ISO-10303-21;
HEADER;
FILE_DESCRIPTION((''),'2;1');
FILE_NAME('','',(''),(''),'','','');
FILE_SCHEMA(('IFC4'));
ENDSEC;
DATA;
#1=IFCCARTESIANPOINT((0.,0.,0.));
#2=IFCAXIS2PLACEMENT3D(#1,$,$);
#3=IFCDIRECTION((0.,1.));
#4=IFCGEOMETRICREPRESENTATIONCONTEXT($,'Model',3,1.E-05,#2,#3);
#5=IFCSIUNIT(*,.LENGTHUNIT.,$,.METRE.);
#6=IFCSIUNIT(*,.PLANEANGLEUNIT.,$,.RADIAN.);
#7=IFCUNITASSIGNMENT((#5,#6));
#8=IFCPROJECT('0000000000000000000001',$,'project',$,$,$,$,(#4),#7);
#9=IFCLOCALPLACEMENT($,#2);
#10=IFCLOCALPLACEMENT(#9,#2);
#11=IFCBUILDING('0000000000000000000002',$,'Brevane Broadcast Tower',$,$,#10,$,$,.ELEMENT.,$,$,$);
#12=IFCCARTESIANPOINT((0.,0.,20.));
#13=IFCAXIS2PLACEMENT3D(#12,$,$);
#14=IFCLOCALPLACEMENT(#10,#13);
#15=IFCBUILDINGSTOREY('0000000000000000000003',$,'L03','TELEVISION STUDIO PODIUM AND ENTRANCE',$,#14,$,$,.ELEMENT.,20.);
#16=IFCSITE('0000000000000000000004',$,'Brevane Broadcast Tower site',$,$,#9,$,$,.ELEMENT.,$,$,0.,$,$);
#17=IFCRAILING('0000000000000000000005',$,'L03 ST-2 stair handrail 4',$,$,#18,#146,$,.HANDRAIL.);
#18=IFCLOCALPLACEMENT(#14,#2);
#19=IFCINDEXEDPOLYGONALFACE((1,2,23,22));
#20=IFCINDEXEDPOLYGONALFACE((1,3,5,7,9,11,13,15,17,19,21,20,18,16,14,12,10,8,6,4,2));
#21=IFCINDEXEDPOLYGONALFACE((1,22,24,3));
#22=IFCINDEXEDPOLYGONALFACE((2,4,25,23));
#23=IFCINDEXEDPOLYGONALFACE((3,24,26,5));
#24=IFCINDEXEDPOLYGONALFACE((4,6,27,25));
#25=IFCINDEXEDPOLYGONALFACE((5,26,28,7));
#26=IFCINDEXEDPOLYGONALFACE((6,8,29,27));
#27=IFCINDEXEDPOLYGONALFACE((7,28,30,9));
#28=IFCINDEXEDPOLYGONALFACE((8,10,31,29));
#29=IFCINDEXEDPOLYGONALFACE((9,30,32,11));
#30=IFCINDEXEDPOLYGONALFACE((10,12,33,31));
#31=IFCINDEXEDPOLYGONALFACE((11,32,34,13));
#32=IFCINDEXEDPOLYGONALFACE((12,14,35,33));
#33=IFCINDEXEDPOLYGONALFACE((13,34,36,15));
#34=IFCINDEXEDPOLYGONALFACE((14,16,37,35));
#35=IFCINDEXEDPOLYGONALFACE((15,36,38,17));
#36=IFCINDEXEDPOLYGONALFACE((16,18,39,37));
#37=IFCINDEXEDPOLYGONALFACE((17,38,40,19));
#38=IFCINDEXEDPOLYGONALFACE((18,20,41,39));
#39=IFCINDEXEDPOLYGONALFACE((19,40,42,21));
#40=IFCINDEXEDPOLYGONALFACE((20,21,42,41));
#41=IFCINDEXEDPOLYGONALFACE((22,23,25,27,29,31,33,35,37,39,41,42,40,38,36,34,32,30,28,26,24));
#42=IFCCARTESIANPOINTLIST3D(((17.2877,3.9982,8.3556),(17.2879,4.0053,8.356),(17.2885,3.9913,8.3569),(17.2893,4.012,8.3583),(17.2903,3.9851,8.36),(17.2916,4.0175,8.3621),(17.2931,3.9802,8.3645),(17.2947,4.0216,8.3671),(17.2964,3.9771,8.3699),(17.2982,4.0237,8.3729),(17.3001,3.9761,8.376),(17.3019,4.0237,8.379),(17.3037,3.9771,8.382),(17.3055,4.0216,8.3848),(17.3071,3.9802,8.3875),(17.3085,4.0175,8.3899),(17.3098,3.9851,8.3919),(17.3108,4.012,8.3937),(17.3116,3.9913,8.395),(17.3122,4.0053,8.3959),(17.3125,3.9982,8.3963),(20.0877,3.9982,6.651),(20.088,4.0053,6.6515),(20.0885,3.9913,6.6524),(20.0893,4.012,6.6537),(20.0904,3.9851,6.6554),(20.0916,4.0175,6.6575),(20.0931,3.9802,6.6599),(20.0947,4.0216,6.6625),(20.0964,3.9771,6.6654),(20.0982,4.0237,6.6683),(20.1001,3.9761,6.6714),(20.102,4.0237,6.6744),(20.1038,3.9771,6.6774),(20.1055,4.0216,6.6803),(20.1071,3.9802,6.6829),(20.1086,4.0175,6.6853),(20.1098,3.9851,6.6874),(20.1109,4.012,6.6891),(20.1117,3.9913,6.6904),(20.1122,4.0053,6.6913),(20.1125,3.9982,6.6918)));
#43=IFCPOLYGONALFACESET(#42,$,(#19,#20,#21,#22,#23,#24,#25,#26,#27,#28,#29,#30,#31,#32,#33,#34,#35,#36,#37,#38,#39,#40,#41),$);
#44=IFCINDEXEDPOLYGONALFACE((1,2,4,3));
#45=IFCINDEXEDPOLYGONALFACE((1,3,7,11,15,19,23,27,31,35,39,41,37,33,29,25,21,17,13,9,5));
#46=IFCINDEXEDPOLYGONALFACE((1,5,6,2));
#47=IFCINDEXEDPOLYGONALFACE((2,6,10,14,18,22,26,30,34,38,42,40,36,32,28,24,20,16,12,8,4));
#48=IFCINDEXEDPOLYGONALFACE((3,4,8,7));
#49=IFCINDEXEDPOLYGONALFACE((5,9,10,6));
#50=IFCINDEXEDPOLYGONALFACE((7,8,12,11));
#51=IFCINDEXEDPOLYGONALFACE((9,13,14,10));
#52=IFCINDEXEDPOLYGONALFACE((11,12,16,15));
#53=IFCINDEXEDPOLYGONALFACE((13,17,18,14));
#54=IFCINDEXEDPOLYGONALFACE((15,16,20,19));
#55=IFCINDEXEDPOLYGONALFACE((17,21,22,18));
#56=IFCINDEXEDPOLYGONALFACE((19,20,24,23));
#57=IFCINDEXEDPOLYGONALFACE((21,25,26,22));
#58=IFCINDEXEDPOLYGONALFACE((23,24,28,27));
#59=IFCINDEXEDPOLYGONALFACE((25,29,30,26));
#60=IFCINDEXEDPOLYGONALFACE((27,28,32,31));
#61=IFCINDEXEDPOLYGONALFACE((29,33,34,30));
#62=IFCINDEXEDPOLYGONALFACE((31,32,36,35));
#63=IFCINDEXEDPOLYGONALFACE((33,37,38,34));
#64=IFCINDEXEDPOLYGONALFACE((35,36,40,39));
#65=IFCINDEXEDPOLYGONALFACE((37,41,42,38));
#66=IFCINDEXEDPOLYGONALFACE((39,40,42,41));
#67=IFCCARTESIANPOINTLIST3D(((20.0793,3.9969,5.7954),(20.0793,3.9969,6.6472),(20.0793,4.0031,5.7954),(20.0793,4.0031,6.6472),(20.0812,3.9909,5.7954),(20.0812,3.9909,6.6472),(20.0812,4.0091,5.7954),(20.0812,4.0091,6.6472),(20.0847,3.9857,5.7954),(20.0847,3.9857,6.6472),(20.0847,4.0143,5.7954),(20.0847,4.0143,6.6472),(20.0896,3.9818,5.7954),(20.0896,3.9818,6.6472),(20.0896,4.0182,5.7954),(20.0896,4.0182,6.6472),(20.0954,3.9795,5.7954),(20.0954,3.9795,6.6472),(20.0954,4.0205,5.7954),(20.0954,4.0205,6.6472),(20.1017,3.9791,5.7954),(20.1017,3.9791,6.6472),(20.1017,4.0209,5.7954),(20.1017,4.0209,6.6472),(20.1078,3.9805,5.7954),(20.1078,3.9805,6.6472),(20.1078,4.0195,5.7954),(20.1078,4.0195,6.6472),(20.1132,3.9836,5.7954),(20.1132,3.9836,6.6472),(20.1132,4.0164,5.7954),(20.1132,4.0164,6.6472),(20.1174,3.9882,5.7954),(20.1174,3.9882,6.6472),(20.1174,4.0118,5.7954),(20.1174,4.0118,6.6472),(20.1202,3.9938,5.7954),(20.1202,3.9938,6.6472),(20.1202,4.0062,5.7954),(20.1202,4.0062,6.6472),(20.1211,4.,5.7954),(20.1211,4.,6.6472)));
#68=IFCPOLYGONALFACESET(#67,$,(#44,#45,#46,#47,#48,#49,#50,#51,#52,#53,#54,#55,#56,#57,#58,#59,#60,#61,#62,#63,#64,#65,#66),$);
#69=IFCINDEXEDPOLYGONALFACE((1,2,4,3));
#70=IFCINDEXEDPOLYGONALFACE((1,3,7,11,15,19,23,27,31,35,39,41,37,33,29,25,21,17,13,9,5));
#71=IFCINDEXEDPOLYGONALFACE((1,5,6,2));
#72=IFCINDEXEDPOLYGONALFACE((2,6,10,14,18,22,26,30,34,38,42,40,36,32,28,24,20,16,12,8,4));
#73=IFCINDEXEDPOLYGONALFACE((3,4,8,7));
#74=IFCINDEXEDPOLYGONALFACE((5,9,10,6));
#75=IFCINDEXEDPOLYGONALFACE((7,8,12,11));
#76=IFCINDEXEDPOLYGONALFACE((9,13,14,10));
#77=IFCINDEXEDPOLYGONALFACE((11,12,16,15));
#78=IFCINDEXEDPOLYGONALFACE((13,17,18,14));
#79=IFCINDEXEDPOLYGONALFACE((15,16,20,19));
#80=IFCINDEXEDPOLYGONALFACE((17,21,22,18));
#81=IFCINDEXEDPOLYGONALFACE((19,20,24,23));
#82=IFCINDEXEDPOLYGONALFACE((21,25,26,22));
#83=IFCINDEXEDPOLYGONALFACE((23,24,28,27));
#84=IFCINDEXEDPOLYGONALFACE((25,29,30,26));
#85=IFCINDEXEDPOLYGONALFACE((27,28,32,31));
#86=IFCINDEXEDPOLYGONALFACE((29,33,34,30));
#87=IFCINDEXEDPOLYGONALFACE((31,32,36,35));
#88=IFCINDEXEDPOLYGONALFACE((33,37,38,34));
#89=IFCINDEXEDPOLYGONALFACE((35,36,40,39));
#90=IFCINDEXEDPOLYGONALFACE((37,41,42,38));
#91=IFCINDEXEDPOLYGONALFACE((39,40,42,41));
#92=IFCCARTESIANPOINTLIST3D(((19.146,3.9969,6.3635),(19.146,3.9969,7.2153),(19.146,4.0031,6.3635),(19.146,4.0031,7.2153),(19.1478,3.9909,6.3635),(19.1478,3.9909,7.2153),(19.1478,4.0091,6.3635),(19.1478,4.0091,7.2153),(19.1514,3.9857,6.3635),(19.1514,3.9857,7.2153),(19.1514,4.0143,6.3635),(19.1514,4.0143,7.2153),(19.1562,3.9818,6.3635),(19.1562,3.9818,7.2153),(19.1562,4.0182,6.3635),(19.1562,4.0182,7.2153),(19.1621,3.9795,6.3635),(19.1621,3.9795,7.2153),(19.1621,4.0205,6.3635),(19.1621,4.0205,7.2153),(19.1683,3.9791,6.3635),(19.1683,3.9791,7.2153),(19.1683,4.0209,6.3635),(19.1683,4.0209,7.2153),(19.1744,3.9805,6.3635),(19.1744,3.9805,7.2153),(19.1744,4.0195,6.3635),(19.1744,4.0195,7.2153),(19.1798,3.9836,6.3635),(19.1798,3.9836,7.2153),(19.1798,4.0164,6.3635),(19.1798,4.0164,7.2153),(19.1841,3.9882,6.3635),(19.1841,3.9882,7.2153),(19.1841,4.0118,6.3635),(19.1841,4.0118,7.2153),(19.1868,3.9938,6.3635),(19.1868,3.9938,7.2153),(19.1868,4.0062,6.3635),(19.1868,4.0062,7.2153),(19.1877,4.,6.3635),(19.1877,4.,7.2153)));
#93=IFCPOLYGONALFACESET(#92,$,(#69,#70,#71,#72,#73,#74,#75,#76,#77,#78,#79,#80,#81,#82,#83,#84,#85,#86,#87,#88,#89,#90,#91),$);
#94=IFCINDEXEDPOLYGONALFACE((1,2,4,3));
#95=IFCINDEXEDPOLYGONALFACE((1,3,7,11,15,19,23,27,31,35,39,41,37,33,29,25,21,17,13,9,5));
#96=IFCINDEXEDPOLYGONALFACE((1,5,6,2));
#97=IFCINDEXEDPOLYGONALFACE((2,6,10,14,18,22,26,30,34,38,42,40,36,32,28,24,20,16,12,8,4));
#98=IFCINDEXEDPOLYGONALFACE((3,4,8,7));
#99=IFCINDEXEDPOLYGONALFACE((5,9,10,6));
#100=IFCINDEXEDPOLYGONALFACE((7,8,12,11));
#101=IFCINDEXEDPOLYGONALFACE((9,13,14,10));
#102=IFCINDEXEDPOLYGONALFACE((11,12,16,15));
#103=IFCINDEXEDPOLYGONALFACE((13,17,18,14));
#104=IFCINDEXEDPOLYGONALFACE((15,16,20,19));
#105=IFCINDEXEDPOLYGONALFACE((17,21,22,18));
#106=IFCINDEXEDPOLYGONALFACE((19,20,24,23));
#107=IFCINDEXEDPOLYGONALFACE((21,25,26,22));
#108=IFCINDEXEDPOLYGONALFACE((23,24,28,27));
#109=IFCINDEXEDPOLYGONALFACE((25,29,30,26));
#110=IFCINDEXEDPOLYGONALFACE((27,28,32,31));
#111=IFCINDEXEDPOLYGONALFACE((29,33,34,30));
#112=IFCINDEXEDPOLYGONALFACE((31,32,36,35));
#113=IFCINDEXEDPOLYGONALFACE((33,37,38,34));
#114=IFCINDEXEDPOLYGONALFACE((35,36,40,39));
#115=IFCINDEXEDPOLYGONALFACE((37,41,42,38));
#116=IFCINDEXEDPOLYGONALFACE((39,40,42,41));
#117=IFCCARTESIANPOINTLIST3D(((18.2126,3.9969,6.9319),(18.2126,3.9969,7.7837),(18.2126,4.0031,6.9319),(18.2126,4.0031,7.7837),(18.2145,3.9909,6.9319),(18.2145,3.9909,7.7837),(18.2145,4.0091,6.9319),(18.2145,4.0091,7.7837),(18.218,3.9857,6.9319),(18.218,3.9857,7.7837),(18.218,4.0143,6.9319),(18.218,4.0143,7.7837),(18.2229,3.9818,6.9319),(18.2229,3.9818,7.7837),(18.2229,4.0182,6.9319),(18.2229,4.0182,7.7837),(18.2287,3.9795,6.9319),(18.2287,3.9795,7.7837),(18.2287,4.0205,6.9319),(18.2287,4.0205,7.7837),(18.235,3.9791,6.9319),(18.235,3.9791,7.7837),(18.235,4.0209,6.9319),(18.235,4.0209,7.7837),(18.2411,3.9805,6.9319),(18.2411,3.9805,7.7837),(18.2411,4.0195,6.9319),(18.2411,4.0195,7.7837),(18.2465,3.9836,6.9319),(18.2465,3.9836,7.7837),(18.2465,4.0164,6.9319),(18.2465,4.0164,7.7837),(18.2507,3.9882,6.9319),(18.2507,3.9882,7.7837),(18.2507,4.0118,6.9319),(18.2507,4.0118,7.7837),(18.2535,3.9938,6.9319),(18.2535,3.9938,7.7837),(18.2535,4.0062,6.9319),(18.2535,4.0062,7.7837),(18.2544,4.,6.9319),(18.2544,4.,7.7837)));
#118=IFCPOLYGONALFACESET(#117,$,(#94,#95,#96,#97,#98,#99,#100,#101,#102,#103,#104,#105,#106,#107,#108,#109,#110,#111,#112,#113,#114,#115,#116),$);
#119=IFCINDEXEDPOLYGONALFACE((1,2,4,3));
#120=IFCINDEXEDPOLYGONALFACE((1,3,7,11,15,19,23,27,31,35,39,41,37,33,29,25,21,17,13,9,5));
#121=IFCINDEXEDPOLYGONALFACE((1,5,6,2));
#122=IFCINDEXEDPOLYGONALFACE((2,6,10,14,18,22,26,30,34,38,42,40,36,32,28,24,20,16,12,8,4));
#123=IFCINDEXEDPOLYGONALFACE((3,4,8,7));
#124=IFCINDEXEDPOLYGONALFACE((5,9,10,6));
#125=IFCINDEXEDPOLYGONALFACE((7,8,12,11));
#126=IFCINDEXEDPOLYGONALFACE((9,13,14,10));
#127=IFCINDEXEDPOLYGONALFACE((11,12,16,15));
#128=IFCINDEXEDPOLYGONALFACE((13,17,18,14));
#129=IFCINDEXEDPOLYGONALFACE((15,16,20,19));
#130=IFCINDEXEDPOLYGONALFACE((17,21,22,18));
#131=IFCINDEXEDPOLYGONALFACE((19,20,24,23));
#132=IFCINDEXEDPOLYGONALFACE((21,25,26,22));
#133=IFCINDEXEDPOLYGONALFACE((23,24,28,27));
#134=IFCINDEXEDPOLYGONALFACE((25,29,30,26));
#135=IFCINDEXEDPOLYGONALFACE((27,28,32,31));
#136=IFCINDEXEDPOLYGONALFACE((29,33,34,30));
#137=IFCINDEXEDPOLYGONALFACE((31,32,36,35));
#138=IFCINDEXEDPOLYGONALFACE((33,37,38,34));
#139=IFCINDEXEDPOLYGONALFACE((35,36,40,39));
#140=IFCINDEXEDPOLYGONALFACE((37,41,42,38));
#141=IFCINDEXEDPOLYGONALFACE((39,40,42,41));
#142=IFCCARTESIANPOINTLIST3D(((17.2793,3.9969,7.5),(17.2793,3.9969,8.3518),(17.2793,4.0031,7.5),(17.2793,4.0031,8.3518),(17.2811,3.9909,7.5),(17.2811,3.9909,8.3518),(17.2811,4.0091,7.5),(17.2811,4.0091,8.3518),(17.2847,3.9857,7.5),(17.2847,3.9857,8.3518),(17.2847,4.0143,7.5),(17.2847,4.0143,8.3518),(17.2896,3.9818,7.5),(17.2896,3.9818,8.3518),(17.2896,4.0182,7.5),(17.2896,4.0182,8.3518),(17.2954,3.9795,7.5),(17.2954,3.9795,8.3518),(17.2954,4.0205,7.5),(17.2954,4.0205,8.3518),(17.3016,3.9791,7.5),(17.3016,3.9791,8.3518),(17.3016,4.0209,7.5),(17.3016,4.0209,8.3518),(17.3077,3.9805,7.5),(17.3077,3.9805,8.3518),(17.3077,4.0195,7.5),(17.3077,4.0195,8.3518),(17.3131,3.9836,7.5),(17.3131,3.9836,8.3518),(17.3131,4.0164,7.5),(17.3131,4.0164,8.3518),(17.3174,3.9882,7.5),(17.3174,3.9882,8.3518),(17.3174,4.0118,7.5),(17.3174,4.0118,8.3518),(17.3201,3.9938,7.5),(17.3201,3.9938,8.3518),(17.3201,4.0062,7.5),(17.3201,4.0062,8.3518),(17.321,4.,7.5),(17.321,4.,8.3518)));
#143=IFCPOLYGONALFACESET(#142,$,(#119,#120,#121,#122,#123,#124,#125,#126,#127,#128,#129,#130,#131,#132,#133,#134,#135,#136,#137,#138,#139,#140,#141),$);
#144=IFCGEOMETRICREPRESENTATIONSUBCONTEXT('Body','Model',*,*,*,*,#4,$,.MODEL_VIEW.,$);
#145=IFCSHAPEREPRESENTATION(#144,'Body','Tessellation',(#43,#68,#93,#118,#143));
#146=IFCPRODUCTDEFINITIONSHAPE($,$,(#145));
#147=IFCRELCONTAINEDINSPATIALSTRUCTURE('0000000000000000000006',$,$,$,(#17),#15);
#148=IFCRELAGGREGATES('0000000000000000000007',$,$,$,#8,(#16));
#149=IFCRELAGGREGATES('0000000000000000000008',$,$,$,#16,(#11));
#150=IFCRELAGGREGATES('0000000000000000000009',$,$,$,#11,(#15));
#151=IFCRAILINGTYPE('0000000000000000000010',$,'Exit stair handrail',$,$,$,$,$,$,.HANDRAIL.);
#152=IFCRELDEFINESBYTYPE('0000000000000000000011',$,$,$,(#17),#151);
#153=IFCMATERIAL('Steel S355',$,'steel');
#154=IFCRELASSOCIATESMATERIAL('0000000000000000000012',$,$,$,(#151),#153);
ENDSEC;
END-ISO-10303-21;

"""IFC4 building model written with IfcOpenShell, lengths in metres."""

from ifc_helpers import new_model, si_unit, direction, frame, origin, origin_2d, place, context, subcontext, project, spatial, circle, extrude, material, type_object, element, save


model = new_model("IFC4")

# Units and contexts
model_context = context("Model", 3, precision=1e-05, world=origin(), true_north=direction((0.0, 1.0)))
body_context = subcontext(model_context, "Body", "Model", "MODEL_VIEW")
ifc_project = project(units=[si_unit("LENGTHUNIT", "METRE"), si_unit("PLANEANGLEUNIT", "RADIAN")], contexts=[model_context])

# Site, building, storey
site_placement = place(None, origin())
site = spatial("IfcSite", under=ifc_project, at=site_placement, Name="Brevane Broadcast Tower site", CompositionType="ELEMENT", RefElevation=0.0)
building_placement = place(site_placement, origin())
building = spatial("IfcBuilding", under=site, at=building_placement, Name="Brevane Broadcast Tower", CompositionType="ELEMENT")
storey_placement = place(building_placement, frame((0.0, 0.0, 20.0)))
storey = spatial("IfcBuildingStorey", under=building, at=storey_placement, Name="L03", Description="TELEVISION STUDIO PODIUM AND ENTRANCE", CompositionType="ELEMENT", Elevation=20.0)

# Railing
ifc_material_1 = material(Name="Steel S355", Category="steel")
railing_type_1 = type_object("IfcRailingType", Name="Exit stair handrail", PredefinedType="HANDRAIL", material=ifc_material_1)
for number, where, name in (
    (1, (20.1001, 4.0, 5.7954), "L03 ST-2 stair handrail 4"),
):
    element("IfcRailing", number, at=place(storey_placement, frame(where)), inside=storey, type_object=railing_type_1, Name=name, PredefinedType="HANDRAIL", context=body_context, shape_type="SweptSolid", body=[
        extrude(circle(Radius=0.0239, at=origin_2d()), frame((0.0, 0.0, 0.876), z_axis=(-0.85417, 0.0, 0.519994), x_axis=(0.0, -1.0, 0.0)), (0.0, 0.0, 1.0), 3.2781),
        extrude(circle(Radius=0.021, at=origin_2d()), origin(), (0.0, 0.0, 1.0), 0.8518),
        extrude(circle(Radius=0.021, at=origin_2d()), frame((-0.9333, 0.0, 0.5681)), (0.0, 0.0, 1.0), 0.8518),
        extrude(circle(Radius=0.021, at=origin_2d()), frame((-1.8667, 0.0, 1.1365)), (0.0, 0.0, 1.0), 0.8518),
        extrude(circle(Radius=0.021, at=origin_2d()), frame((-2.8, 0.0, 1.7046)), (0.0, 0.0, 1.0), 0.8518),
    ])

save(model, "model.ifc")
